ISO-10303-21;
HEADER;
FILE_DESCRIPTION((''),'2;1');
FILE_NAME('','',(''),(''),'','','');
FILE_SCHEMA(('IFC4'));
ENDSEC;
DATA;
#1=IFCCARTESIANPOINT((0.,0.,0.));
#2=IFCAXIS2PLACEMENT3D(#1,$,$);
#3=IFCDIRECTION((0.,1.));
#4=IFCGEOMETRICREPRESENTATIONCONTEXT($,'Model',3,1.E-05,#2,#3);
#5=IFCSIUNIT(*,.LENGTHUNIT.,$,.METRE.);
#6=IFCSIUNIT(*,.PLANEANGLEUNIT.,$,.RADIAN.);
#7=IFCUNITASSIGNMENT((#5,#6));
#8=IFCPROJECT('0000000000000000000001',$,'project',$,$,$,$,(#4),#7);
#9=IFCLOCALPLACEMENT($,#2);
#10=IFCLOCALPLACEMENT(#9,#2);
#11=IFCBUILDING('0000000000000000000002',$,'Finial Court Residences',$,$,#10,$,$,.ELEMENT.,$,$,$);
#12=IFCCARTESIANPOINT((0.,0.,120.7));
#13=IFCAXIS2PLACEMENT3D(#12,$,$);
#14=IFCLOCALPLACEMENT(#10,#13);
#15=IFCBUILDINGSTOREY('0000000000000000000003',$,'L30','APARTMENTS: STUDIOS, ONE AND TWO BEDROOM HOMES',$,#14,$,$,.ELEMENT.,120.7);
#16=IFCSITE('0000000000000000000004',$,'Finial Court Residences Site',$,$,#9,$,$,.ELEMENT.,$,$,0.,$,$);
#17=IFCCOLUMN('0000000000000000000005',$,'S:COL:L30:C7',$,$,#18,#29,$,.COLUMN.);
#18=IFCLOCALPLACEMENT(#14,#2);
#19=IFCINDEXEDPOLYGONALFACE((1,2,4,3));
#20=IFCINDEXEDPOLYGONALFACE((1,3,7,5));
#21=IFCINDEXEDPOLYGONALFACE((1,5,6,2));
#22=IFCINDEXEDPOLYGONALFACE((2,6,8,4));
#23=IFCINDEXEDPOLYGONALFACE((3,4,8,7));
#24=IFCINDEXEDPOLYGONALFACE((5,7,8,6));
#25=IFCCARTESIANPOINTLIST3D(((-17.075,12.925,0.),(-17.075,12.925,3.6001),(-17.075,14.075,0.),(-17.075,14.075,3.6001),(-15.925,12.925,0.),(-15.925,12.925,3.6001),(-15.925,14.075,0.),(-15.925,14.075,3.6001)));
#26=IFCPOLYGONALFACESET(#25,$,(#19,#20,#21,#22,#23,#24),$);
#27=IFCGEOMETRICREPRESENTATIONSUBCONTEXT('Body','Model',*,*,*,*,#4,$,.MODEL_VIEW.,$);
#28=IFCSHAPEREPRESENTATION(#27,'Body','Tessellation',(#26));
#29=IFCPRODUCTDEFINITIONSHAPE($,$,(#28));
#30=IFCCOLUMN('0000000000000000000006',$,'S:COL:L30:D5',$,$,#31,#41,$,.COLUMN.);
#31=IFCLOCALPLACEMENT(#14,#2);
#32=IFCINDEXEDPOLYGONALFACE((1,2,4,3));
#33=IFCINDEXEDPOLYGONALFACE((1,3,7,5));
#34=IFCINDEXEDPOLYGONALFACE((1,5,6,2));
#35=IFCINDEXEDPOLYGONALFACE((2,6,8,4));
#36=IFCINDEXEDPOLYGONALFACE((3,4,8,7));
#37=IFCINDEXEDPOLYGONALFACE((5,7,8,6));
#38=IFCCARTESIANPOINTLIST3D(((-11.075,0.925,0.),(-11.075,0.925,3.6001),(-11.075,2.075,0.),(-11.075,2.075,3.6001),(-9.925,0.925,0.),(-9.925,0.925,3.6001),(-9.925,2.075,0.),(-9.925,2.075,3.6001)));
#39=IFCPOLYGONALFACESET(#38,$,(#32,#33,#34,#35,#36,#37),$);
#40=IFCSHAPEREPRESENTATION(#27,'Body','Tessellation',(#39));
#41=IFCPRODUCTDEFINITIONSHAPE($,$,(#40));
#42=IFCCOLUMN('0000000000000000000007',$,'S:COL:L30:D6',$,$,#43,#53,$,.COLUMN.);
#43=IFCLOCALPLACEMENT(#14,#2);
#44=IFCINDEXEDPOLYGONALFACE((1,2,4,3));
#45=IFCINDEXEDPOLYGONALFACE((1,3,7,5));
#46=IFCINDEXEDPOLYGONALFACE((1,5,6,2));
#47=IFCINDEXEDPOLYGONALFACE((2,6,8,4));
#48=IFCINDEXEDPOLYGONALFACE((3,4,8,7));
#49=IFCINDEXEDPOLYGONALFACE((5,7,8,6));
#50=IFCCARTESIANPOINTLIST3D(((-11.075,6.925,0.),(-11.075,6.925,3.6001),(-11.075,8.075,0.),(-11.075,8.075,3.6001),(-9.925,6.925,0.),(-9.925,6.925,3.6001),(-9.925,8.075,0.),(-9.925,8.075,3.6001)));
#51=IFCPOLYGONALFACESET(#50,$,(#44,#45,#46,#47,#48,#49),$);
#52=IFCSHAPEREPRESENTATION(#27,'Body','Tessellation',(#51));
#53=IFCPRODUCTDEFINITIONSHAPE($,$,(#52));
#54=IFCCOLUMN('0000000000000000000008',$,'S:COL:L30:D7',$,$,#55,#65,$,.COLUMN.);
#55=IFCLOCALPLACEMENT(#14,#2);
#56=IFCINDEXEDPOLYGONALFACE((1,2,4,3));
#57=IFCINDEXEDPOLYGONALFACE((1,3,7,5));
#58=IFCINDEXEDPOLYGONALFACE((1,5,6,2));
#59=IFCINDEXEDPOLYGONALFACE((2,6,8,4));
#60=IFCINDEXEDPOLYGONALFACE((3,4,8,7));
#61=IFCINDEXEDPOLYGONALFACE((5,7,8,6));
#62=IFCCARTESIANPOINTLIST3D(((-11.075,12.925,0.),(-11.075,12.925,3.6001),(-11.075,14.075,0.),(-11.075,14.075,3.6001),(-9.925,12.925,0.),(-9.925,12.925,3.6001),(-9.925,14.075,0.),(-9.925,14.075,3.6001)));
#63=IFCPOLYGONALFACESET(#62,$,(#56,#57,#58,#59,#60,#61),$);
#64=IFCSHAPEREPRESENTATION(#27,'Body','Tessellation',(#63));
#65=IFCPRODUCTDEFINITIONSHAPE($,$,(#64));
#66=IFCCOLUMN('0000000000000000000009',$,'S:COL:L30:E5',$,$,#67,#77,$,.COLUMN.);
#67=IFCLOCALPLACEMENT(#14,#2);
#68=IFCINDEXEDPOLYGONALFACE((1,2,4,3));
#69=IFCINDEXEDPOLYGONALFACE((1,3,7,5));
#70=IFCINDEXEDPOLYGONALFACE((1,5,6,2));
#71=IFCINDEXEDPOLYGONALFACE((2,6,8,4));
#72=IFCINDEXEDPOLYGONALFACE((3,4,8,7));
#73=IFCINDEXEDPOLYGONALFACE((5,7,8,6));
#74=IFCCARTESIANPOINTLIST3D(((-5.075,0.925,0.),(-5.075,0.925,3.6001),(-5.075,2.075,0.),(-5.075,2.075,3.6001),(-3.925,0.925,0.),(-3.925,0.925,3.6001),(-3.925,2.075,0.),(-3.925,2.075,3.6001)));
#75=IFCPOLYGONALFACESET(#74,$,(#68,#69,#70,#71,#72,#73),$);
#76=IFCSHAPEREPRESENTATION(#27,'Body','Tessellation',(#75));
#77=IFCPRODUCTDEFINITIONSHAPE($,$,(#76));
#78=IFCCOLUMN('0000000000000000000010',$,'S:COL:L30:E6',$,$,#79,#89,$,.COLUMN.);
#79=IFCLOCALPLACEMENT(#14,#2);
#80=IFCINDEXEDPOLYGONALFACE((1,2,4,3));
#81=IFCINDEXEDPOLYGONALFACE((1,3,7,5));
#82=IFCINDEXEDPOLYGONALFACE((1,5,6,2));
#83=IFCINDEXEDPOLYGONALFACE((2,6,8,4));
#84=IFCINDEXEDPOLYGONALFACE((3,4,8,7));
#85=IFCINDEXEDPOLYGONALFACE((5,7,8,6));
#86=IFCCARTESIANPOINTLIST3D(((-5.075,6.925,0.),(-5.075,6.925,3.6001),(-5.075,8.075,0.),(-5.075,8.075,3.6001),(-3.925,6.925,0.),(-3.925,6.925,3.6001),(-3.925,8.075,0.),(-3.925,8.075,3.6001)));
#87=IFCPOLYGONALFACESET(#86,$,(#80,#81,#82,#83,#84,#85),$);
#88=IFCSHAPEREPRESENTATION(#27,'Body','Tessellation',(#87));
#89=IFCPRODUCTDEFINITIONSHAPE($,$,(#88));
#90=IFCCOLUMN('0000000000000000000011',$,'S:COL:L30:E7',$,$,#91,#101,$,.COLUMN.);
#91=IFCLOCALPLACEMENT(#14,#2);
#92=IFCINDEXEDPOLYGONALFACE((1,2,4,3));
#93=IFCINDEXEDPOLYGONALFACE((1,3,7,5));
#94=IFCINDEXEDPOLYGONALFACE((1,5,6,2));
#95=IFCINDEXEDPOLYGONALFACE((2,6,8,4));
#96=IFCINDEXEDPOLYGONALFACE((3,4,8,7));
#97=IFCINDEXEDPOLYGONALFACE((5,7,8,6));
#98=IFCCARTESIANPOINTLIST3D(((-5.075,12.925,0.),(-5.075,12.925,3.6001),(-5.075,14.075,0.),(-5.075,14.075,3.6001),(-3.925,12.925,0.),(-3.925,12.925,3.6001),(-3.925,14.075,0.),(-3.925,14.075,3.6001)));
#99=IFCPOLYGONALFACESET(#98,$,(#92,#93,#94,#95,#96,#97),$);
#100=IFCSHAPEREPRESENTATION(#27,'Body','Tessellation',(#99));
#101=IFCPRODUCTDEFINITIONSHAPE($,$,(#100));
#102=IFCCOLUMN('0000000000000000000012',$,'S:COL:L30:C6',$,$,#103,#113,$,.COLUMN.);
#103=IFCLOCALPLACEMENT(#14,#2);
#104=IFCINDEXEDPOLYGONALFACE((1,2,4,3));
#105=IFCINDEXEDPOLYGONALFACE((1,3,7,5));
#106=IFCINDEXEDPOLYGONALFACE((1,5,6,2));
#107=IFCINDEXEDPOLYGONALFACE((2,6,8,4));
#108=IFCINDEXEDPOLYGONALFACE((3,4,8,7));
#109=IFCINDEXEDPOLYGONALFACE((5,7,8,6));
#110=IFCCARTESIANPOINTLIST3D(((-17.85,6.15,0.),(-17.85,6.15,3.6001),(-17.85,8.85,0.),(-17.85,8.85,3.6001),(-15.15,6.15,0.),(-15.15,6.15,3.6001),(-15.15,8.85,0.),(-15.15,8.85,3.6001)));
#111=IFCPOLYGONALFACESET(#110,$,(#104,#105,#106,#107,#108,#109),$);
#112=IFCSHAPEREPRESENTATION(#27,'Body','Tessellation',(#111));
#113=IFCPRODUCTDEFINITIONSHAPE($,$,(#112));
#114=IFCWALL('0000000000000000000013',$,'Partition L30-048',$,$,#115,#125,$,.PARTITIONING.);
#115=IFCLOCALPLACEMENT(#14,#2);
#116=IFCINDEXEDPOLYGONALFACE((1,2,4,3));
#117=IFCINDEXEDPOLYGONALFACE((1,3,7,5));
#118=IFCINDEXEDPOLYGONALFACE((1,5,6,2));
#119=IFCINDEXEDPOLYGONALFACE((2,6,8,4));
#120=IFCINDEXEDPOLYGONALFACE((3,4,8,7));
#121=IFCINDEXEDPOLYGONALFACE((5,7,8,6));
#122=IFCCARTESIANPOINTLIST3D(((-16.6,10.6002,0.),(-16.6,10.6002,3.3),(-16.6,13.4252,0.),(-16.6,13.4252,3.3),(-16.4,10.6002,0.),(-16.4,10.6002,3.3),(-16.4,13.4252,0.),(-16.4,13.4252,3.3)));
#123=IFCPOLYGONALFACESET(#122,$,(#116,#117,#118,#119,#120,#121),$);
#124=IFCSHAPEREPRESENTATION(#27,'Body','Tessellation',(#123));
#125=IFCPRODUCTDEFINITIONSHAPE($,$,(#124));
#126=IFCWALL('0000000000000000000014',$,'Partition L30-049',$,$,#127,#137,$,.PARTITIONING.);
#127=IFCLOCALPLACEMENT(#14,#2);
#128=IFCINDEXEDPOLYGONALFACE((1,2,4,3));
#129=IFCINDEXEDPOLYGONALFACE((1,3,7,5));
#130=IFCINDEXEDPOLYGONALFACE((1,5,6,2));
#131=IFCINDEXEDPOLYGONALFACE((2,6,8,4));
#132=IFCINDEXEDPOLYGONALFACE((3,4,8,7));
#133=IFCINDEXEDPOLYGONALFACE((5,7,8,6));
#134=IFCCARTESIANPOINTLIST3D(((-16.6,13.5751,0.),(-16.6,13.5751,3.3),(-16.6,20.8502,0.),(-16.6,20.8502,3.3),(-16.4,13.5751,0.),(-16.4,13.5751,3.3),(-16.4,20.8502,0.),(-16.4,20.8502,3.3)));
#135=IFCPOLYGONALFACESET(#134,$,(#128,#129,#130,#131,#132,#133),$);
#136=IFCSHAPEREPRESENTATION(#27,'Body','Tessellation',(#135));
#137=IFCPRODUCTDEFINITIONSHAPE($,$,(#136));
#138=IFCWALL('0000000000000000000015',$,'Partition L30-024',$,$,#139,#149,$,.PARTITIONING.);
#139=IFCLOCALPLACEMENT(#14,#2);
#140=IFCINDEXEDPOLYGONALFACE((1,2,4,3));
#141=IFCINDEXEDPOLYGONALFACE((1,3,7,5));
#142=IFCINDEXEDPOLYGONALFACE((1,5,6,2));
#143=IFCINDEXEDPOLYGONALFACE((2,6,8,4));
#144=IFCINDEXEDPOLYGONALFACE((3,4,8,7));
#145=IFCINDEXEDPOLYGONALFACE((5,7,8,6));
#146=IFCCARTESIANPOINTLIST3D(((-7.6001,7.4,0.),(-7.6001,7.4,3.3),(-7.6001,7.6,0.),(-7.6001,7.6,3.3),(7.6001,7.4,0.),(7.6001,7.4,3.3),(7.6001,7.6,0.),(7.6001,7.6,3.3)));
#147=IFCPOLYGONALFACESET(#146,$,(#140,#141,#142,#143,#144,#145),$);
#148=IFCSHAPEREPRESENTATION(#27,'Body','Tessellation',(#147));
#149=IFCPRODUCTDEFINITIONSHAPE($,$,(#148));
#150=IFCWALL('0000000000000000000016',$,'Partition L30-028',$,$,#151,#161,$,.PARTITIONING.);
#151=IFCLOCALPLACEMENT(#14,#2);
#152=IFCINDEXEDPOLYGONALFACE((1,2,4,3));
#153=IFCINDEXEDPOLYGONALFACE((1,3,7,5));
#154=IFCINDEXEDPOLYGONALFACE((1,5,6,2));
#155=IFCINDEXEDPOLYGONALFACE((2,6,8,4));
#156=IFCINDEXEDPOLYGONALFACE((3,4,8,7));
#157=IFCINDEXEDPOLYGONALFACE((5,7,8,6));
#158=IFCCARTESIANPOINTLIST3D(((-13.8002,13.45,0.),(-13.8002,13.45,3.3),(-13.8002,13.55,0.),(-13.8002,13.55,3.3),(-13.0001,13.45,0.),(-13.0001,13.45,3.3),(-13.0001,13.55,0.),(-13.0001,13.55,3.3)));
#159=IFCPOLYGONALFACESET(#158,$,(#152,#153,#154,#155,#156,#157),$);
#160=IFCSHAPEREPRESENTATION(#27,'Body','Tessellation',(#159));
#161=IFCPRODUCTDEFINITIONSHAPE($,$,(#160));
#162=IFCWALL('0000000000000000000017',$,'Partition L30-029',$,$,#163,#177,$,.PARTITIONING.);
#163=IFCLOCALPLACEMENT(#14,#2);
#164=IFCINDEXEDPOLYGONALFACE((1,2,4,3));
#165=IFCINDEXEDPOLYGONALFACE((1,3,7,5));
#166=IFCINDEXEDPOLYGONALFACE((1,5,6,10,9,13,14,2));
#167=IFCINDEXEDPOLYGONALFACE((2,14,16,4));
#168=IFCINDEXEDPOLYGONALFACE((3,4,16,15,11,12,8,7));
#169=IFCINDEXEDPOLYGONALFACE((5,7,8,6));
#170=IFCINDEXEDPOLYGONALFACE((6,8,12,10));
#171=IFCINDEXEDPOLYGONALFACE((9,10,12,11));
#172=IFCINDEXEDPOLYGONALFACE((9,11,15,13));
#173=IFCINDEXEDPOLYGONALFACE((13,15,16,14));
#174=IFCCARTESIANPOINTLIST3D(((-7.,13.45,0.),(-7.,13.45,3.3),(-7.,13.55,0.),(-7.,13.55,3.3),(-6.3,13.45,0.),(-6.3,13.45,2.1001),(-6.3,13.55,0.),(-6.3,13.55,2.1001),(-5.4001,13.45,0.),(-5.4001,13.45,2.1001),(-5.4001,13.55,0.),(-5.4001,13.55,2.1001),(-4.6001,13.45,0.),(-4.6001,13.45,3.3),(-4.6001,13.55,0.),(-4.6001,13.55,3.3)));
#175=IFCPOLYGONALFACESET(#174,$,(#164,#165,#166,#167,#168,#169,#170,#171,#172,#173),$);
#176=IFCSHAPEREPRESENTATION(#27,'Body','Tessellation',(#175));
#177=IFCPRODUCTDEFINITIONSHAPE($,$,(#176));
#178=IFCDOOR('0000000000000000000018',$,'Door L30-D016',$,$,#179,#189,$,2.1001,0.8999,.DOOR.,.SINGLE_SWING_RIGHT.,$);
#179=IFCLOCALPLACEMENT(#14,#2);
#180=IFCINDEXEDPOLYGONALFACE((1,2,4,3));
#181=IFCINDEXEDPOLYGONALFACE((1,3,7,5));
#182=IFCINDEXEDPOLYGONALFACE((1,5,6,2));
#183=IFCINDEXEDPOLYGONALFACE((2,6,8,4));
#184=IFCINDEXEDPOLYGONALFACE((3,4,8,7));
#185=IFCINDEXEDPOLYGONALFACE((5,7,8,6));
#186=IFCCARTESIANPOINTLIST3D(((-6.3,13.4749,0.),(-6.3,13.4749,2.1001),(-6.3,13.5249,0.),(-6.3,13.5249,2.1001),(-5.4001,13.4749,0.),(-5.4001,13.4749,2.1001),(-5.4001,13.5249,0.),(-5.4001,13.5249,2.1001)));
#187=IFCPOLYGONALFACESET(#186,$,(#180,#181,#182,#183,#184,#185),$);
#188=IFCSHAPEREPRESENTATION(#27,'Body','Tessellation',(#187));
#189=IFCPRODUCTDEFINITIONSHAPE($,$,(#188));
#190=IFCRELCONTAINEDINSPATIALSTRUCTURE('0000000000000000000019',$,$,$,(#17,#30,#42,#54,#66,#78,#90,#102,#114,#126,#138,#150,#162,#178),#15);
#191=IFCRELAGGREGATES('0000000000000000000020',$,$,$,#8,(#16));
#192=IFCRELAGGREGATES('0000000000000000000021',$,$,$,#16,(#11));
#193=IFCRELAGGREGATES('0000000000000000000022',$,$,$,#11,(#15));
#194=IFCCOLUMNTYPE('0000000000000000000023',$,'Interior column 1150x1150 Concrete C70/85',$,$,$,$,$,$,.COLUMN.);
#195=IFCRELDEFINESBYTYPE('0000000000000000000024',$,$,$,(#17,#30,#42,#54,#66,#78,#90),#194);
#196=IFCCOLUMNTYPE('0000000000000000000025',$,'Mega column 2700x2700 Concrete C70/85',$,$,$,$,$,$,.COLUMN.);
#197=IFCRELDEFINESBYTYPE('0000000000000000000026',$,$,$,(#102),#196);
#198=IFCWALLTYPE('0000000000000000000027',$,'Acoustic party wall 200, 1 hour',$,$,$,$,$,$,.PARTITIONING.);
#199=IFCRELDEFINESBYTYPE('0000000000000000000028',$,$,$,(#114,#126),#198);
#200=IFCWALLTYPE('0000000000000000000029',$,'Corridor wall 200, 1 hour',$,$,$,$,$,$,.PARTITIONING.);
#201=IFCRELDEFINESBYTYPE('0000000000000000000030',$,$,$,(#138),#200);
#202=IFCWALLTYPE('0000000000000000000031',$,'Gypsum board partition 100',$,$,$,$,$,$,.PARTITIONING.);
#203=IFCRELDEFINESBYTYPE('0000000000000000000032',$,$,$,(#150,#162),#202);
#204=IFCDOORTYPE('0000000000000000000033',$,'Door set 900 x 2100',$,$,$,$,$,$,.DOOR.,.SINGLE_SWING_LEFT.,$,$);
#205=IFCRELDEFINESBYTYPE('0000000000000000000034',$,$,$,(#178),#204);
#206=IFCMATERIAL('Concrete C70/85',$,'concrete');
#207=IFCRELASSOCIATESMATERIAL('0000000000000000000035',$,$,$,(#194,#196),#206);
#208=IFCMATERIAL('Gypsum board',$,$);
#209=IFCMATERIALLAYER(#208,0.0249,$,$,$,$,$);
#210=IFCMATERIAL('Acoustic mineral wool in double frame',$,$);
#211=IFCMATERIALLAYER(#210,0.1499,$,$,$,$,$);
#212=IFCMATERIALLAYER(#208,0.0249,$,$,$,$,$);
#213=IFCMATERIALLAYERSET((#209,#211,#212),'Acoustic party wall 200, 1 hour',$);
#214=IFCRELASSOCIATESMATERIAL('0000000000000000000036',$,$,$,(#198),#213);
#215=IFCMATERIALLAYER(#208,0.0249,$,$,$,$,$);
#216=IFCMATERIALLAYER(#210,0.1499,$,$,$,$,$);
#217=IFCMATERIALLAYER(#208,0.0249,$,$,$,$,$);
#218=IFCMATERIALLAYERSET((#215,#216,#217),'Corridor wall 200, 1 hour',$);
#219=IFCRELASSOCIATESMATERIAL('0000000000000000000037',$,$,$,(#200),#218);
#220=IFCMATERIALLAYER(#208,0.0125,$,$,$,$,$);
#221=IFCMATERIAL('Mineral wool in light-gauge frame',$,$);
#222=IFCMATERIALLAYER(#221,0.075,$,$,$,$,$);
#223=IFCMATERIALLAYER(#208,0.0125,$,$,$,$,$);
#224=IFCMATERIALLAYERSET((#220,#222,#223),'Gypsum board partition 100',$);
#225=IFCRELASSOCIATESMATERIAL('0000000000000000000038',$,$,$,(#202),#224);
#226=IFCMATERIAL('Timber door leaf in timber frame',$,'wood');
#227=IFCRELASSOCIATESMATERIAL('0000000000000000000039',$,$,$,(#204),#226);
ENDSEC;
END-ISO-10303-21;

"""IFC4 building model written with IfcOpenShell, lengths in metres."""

from ifc_helpers import new_model, si_unit, direction, frame, frame_2d, origin, origin_2d, place, context, subcontext, project, spatial, rectangle, extrude, material, layer, layer_set, material_profile, profile_set, type_object, element, fill, save


model = new_model("IFC4")

# Units and contexts
model_context = context("Model", 3, precision=1e-05, world=origin(), true_north=direction((0.0, 1.0)))
body_context = subcontext(model_context, "Body", "Model", "MODEL_VIEW")
ifc_project = project(units=[si_unit("LENGTHUNIT", "METRE"), si_unit("PLANEANGLEUNIT", "RADIAN")], contexts=[model_context])

# Site, building, storey
site_placement = place(None, origin())
site = spatial("IfcSite", under=ifc_project, at=site_placement, Name="Finial Court Residences Site", CompositionType="ELEMENT", RefElevation=0.0)
building_placement = place(site_placement, origin())
building = spatial("IfcBuilding", under=site, at=building_placement, Name="Finial Court Residences", CompositionType="ELEMENT")
storey_placement = place(building_placement, frame((0.0, 0.0, 120.7)))
storey = spatial("IfcBuildingStorey", under=building, at=storey_placement, Name="L30", Description="APARTMENTS: STUDIOS, ONE AND TWO BEDROOM HOMES", CompositionType="ELEMENT", Elevation=120.7)

# Columns
ifc_material_1 = material(Name="Concrete C70/85", Category="concrete")
ifc_material_profile_1 = material_profile(ifc_material_1, rectangle(XDim=1.1499, YDim=1.1499, at=origin_2d()), Name="1150x1150")
ifc_profile_set_1 = profile_set([ifc_material_profile_1], Name="Concrete C70/85")
column_type_1 = type_object("IfcColumnType", Name="Interior column 1150x1150 Concrete C70/85", PredefinedType="COLUMN", material=ifc_profile_set_1)
for number, where, z_axis, x_axis, name in (
    (1, (-16.5, 13.5, 0.0), (0.0, 0.0, 1.0), (1.0, 0.0, 0.0), "S:COL:L30:C7"),
    (2, (-10.5, 1.5, 0.0), (0.0, 0.0, 1.0), (1.0, 0.0, 0.0), "S:COL:L30:D5"),
    (3, (-10.5, 7.5, 0.0), (0.0, 0.0, 1.0), (1.0, 0.0, 0.0), "S:COL:L30:D6"),
    (4, (-10.5, 13.5, 0.0), (0.0, 0.0, 1.0), (1.0, 0.0, 0.0), "S:COL:L30:D7"),
    (5, (-4.5, 1.5, 0.0), (0.0, 0.0, 1.0), (1.0, 0.0, 0.0), "S:COL:L30:E5"),
    (6, (-4.5, 7.5, 0.0), (0.0, 0.0, 1.0), (1.0, 0.0, 0.0), "S:COL:L30:E6"),
    (7, (-4.5, 13.5, 0.0), (0.0, 0.0, 1.0), (1.0, 0.0, 0.0), "S:COL:L30:E7"),
):
    element("IfcColumn", number, at=place(storey_placement, frame(where, z_axis=z_axis, x_axis=x_axis)), inside=storey, type_object=column_type_1, Name=name, PredefinedType="COLUMN", context=body_context, shape_type="SweptSolid", body=[
        extrude(rectangle(XDim=1.1499, YDim=1.1499, at=origin_2d()), origin(), (0.0, 0.0, 1.0), 3.6001),
    ])
ifc_material_profile_2 = material_profile(ifc_material_1, rectangle(XDim=2.7, YDim=2.7, at=origin_2d()), Name="2700x2700")
ifc_profile_set_2 = profile_set([ifc_material_profile_2], Name="Concrete C70/85")
column_type_2 = type_object("IfcColumnType", Name="Mega column 2700x2700 Concrete C70/85", PredefinedType="COLUMN", material=ifc_profile_set_2)
column_placement = place(storey_placement, frame((-16.5, 7.5, 0.0), z_axis=(0.0, 0.0, 1.0), x_axis=(1.0, 0.0, 0.0)))
element("IfcColumn", 8, at=column_placement, inside=storey, type_object=column_type_2, Name="S:COL:L30:C6", PredefinedType="COLUMN", context=body_context, shape_type="SweptSolid", body=[
    extrude(rectangle(XDim=2.7, YDim=2.7, at=origin_2d()), origin(), (0.0, 0.0, 1.0), 3.6001),
])

# Walls
ifc_material_2 = material(Name="Gypsum board")
ifc_layer_1 = layer(ifc_material_2, 0.0249)
ifc_material_3 = material(Name="Acoustic mineral wool in double frame")
ifc_layer_2 = layer(ifc_material_3, 0.1499)
ifc_layer_3 = layer(ifc_material_2, 0.0249)
ifc_layer_set_1 = layer_set([ifc_layer_1, ifc_layer_2, ifc_layer_3], Name="Acoustic party wall 200, 1 hour")
wall_type_1 = type_object("IfcWallType", Name="Acoustic party wall 200, 1 hour", PredefinedType="PARTITIONING", material=ifc_layer_set_1)
wall_1_placement = place(storey_placement, frame((-16.5, 10.6001, 0.0), z_axis=(0.0, 0.0, 1.0), x_axis=(0.0, 1.0, 0.0)))
element("IfcWall", 9, at=wall_1_placement, inside=storey, type_object=wall_type_1, Name="Partition L30-048", PredefinedType="PARTITIONING", context=body_context, shape_type="SweptSolid", body=[
    extrude(rectangle(XDim=2.825, YDim=0.2, at=frame_2d((1.4126, 0.0))), origin(), (0.0, 0.0, 1.0), 3.3),
])
wall_2_placement = place(storey_placement, frame((-16.5, 13.575, 0.0), z_axis=(0.0, 0.0, 1.0), x_axis=(0.0, 1.0, 0.0)))
element("IfcWall", 10, at=wall_2_placement, inside=storey, type_object=wall_type_1, Name="Partition L30-049", PredefinedType="PARTITIONING", context=body_context, shape_type="SweptSolid", body=[
    extrude(rectangle(XDim=7.2751, YDim=0.2, at=frame_2d((3.6377, 0.0))), origin(), (0.0, 0.0, 1.0), 3.3),
])
ifc_layer_4 = layer(ifc_material_2, 0.0249)
ifc_layer_5 = layer(ifc_material_3, 0.1499)
ifc_layer_6 = layer(ifc_material_2, 0.0249)
ifc_layer_set_2 = layer_set([ifc_layer_4, ifc_layer_5, ifc_layer_6], Name="Corridor wall 200, 1 hour")
wall_type_2 = type_object("IfcWallType", Name="Corridor wall 200, 1 hour", PredefinedType="PARTITIONING", material=ifc_layer_set_2)
wall_3_placement = place(storey_placement, frame((-7.6001, 7.5, 0.0), z_axis=(0.0, 0.0, 1.0), x_axis=(1.0, 0.0, 0.0)))
element("IfcWall", 11, at=wall_3_placement, inside=storey, type_object=wall_type_2, Name="Partition L30-024", PredefinedType="PARTITIONING", context=body_context, shape_type="SweptSolid", body=[
    extrude(rectangle(XDim=15.2002, YDim=0.2, at=frame_2d((7.6001, 0.0))), origin(), (0.0, 0.0, 1.0), 3.3),
])
ifc_layer_7 = layer(ifc_material_2, 0.0125)
ifc_material_4 = material(Name="Mineral wool in light-gauge frame")
ifc_layer_8 = layer(ifc_material_4, 0.075)
ifc_layer_9 = layer(ifc_material_2, 0.0125)
ifc_layer_set_3 = layer_set([ifc_layer_7, ifc_layer_8, ifc_layer_9], Name="Gypsum board partition 100")
wall_type_3 = type_object("IfcWallType", Name="Gypsum board partition 100", PredefinedType="PARTITIONING", material=ifc_layer_set_3)
wall_4_placement = place(storey_placement, frame((-13.8, 13.5, 0.0), z_axis=(0.0, 0.0, 1.0), x_axis=(1.0, 0.0, 0.0)))
element("IfcWall", 12, at=wall_4_placement, inside=storey, type_object=wall_type_3, Name="Partition L30-028", PredefinedType="PARTITIONING", context=body_context, shape_type="SweptSolid", body=[
    extrude(rectangle(XDim=0.8, YDim=0.1001, at=frame_2d((0.3999, 0.0))), origin(), (0.0, 0.0, 1.0), 3.3),
])

# Wall, opening, door
wall_5_placement = place(storey_placement, frame((-7.0, 13.5, 0.0), z_axis=(0.0, 0.0, 1.0), x_axis=(1.0, 0.0, 0.0)))
wall_5 = element("IfcWall", 13, at=wall_5_placement, inside=storey, type_object=wall_type_3, Name="Partition L30-029", PredefinedType="PARTITIONING", context=body_context, shape_type="SweptSolid", body=[
    extrude(rectangle(XDim=2.3999, YDim=0.1001, at=frame_2d((1.2, 0.0))), origin(), (0.0, 0.0, 1.0), 3.3),
])
opening_1_placement = place(wall_5_placement, frame((0.7, 0.0, 0.0)))
opening_1 = element("IfcOpeningElement", 14, at=opening_1_placement, cuts=wall_5, PredefinedType="OPENING", context=body_context, shape_type="SweptSolid", body=[
    extrude(rectangle(XDim=0.8999, YDim=2.1001, at=frame_2d((0.45, 1.05))), frame((0.0, 0.0601, 0.0), z_axis=(0.0, -1.0, 0.0), x_axis=(1.0, 0.0, 0.0)), (0.0, 0.0, 1.0), 0.1201),
])
ifc_material_5 = material(Name="Timber door leaf in timber frame", Category="wood")
door_type = type_object("IfcDoorType", Name="Door set 900 x 2100", OperationType="SINGLE_SWING_LEFT", PredefinedType="DOOR", material=ifc_material_5)
door_1_placement = place(opening_1_placement, origin())
door_1 = element("IfcDoor", 15, at=door_1_placement, inside=storey, type_object=door_type, Name="Door L30-D016", OperationType="SINGLE_SWING_RIGHT", OverallHeight=2.1001, OverallWidth=0.8999, PredefinedType="DOOR", context=body_context, shape_type="SweptSolid", body=[
    extrude(rectangle(XDim=0.8999, YDim=2.1001, at=frame_2d((0.45, 1.05))), frame((0.0, 0.0249, 0.0), z_axis=(0.0, -1.0, 0.0), x_axis=(1.0, 0.0, 0.0)), (0.0, 0.0, 1.0), 0.05),
])
fill(opening_1, door_1)

save(model, "model.ifc")
